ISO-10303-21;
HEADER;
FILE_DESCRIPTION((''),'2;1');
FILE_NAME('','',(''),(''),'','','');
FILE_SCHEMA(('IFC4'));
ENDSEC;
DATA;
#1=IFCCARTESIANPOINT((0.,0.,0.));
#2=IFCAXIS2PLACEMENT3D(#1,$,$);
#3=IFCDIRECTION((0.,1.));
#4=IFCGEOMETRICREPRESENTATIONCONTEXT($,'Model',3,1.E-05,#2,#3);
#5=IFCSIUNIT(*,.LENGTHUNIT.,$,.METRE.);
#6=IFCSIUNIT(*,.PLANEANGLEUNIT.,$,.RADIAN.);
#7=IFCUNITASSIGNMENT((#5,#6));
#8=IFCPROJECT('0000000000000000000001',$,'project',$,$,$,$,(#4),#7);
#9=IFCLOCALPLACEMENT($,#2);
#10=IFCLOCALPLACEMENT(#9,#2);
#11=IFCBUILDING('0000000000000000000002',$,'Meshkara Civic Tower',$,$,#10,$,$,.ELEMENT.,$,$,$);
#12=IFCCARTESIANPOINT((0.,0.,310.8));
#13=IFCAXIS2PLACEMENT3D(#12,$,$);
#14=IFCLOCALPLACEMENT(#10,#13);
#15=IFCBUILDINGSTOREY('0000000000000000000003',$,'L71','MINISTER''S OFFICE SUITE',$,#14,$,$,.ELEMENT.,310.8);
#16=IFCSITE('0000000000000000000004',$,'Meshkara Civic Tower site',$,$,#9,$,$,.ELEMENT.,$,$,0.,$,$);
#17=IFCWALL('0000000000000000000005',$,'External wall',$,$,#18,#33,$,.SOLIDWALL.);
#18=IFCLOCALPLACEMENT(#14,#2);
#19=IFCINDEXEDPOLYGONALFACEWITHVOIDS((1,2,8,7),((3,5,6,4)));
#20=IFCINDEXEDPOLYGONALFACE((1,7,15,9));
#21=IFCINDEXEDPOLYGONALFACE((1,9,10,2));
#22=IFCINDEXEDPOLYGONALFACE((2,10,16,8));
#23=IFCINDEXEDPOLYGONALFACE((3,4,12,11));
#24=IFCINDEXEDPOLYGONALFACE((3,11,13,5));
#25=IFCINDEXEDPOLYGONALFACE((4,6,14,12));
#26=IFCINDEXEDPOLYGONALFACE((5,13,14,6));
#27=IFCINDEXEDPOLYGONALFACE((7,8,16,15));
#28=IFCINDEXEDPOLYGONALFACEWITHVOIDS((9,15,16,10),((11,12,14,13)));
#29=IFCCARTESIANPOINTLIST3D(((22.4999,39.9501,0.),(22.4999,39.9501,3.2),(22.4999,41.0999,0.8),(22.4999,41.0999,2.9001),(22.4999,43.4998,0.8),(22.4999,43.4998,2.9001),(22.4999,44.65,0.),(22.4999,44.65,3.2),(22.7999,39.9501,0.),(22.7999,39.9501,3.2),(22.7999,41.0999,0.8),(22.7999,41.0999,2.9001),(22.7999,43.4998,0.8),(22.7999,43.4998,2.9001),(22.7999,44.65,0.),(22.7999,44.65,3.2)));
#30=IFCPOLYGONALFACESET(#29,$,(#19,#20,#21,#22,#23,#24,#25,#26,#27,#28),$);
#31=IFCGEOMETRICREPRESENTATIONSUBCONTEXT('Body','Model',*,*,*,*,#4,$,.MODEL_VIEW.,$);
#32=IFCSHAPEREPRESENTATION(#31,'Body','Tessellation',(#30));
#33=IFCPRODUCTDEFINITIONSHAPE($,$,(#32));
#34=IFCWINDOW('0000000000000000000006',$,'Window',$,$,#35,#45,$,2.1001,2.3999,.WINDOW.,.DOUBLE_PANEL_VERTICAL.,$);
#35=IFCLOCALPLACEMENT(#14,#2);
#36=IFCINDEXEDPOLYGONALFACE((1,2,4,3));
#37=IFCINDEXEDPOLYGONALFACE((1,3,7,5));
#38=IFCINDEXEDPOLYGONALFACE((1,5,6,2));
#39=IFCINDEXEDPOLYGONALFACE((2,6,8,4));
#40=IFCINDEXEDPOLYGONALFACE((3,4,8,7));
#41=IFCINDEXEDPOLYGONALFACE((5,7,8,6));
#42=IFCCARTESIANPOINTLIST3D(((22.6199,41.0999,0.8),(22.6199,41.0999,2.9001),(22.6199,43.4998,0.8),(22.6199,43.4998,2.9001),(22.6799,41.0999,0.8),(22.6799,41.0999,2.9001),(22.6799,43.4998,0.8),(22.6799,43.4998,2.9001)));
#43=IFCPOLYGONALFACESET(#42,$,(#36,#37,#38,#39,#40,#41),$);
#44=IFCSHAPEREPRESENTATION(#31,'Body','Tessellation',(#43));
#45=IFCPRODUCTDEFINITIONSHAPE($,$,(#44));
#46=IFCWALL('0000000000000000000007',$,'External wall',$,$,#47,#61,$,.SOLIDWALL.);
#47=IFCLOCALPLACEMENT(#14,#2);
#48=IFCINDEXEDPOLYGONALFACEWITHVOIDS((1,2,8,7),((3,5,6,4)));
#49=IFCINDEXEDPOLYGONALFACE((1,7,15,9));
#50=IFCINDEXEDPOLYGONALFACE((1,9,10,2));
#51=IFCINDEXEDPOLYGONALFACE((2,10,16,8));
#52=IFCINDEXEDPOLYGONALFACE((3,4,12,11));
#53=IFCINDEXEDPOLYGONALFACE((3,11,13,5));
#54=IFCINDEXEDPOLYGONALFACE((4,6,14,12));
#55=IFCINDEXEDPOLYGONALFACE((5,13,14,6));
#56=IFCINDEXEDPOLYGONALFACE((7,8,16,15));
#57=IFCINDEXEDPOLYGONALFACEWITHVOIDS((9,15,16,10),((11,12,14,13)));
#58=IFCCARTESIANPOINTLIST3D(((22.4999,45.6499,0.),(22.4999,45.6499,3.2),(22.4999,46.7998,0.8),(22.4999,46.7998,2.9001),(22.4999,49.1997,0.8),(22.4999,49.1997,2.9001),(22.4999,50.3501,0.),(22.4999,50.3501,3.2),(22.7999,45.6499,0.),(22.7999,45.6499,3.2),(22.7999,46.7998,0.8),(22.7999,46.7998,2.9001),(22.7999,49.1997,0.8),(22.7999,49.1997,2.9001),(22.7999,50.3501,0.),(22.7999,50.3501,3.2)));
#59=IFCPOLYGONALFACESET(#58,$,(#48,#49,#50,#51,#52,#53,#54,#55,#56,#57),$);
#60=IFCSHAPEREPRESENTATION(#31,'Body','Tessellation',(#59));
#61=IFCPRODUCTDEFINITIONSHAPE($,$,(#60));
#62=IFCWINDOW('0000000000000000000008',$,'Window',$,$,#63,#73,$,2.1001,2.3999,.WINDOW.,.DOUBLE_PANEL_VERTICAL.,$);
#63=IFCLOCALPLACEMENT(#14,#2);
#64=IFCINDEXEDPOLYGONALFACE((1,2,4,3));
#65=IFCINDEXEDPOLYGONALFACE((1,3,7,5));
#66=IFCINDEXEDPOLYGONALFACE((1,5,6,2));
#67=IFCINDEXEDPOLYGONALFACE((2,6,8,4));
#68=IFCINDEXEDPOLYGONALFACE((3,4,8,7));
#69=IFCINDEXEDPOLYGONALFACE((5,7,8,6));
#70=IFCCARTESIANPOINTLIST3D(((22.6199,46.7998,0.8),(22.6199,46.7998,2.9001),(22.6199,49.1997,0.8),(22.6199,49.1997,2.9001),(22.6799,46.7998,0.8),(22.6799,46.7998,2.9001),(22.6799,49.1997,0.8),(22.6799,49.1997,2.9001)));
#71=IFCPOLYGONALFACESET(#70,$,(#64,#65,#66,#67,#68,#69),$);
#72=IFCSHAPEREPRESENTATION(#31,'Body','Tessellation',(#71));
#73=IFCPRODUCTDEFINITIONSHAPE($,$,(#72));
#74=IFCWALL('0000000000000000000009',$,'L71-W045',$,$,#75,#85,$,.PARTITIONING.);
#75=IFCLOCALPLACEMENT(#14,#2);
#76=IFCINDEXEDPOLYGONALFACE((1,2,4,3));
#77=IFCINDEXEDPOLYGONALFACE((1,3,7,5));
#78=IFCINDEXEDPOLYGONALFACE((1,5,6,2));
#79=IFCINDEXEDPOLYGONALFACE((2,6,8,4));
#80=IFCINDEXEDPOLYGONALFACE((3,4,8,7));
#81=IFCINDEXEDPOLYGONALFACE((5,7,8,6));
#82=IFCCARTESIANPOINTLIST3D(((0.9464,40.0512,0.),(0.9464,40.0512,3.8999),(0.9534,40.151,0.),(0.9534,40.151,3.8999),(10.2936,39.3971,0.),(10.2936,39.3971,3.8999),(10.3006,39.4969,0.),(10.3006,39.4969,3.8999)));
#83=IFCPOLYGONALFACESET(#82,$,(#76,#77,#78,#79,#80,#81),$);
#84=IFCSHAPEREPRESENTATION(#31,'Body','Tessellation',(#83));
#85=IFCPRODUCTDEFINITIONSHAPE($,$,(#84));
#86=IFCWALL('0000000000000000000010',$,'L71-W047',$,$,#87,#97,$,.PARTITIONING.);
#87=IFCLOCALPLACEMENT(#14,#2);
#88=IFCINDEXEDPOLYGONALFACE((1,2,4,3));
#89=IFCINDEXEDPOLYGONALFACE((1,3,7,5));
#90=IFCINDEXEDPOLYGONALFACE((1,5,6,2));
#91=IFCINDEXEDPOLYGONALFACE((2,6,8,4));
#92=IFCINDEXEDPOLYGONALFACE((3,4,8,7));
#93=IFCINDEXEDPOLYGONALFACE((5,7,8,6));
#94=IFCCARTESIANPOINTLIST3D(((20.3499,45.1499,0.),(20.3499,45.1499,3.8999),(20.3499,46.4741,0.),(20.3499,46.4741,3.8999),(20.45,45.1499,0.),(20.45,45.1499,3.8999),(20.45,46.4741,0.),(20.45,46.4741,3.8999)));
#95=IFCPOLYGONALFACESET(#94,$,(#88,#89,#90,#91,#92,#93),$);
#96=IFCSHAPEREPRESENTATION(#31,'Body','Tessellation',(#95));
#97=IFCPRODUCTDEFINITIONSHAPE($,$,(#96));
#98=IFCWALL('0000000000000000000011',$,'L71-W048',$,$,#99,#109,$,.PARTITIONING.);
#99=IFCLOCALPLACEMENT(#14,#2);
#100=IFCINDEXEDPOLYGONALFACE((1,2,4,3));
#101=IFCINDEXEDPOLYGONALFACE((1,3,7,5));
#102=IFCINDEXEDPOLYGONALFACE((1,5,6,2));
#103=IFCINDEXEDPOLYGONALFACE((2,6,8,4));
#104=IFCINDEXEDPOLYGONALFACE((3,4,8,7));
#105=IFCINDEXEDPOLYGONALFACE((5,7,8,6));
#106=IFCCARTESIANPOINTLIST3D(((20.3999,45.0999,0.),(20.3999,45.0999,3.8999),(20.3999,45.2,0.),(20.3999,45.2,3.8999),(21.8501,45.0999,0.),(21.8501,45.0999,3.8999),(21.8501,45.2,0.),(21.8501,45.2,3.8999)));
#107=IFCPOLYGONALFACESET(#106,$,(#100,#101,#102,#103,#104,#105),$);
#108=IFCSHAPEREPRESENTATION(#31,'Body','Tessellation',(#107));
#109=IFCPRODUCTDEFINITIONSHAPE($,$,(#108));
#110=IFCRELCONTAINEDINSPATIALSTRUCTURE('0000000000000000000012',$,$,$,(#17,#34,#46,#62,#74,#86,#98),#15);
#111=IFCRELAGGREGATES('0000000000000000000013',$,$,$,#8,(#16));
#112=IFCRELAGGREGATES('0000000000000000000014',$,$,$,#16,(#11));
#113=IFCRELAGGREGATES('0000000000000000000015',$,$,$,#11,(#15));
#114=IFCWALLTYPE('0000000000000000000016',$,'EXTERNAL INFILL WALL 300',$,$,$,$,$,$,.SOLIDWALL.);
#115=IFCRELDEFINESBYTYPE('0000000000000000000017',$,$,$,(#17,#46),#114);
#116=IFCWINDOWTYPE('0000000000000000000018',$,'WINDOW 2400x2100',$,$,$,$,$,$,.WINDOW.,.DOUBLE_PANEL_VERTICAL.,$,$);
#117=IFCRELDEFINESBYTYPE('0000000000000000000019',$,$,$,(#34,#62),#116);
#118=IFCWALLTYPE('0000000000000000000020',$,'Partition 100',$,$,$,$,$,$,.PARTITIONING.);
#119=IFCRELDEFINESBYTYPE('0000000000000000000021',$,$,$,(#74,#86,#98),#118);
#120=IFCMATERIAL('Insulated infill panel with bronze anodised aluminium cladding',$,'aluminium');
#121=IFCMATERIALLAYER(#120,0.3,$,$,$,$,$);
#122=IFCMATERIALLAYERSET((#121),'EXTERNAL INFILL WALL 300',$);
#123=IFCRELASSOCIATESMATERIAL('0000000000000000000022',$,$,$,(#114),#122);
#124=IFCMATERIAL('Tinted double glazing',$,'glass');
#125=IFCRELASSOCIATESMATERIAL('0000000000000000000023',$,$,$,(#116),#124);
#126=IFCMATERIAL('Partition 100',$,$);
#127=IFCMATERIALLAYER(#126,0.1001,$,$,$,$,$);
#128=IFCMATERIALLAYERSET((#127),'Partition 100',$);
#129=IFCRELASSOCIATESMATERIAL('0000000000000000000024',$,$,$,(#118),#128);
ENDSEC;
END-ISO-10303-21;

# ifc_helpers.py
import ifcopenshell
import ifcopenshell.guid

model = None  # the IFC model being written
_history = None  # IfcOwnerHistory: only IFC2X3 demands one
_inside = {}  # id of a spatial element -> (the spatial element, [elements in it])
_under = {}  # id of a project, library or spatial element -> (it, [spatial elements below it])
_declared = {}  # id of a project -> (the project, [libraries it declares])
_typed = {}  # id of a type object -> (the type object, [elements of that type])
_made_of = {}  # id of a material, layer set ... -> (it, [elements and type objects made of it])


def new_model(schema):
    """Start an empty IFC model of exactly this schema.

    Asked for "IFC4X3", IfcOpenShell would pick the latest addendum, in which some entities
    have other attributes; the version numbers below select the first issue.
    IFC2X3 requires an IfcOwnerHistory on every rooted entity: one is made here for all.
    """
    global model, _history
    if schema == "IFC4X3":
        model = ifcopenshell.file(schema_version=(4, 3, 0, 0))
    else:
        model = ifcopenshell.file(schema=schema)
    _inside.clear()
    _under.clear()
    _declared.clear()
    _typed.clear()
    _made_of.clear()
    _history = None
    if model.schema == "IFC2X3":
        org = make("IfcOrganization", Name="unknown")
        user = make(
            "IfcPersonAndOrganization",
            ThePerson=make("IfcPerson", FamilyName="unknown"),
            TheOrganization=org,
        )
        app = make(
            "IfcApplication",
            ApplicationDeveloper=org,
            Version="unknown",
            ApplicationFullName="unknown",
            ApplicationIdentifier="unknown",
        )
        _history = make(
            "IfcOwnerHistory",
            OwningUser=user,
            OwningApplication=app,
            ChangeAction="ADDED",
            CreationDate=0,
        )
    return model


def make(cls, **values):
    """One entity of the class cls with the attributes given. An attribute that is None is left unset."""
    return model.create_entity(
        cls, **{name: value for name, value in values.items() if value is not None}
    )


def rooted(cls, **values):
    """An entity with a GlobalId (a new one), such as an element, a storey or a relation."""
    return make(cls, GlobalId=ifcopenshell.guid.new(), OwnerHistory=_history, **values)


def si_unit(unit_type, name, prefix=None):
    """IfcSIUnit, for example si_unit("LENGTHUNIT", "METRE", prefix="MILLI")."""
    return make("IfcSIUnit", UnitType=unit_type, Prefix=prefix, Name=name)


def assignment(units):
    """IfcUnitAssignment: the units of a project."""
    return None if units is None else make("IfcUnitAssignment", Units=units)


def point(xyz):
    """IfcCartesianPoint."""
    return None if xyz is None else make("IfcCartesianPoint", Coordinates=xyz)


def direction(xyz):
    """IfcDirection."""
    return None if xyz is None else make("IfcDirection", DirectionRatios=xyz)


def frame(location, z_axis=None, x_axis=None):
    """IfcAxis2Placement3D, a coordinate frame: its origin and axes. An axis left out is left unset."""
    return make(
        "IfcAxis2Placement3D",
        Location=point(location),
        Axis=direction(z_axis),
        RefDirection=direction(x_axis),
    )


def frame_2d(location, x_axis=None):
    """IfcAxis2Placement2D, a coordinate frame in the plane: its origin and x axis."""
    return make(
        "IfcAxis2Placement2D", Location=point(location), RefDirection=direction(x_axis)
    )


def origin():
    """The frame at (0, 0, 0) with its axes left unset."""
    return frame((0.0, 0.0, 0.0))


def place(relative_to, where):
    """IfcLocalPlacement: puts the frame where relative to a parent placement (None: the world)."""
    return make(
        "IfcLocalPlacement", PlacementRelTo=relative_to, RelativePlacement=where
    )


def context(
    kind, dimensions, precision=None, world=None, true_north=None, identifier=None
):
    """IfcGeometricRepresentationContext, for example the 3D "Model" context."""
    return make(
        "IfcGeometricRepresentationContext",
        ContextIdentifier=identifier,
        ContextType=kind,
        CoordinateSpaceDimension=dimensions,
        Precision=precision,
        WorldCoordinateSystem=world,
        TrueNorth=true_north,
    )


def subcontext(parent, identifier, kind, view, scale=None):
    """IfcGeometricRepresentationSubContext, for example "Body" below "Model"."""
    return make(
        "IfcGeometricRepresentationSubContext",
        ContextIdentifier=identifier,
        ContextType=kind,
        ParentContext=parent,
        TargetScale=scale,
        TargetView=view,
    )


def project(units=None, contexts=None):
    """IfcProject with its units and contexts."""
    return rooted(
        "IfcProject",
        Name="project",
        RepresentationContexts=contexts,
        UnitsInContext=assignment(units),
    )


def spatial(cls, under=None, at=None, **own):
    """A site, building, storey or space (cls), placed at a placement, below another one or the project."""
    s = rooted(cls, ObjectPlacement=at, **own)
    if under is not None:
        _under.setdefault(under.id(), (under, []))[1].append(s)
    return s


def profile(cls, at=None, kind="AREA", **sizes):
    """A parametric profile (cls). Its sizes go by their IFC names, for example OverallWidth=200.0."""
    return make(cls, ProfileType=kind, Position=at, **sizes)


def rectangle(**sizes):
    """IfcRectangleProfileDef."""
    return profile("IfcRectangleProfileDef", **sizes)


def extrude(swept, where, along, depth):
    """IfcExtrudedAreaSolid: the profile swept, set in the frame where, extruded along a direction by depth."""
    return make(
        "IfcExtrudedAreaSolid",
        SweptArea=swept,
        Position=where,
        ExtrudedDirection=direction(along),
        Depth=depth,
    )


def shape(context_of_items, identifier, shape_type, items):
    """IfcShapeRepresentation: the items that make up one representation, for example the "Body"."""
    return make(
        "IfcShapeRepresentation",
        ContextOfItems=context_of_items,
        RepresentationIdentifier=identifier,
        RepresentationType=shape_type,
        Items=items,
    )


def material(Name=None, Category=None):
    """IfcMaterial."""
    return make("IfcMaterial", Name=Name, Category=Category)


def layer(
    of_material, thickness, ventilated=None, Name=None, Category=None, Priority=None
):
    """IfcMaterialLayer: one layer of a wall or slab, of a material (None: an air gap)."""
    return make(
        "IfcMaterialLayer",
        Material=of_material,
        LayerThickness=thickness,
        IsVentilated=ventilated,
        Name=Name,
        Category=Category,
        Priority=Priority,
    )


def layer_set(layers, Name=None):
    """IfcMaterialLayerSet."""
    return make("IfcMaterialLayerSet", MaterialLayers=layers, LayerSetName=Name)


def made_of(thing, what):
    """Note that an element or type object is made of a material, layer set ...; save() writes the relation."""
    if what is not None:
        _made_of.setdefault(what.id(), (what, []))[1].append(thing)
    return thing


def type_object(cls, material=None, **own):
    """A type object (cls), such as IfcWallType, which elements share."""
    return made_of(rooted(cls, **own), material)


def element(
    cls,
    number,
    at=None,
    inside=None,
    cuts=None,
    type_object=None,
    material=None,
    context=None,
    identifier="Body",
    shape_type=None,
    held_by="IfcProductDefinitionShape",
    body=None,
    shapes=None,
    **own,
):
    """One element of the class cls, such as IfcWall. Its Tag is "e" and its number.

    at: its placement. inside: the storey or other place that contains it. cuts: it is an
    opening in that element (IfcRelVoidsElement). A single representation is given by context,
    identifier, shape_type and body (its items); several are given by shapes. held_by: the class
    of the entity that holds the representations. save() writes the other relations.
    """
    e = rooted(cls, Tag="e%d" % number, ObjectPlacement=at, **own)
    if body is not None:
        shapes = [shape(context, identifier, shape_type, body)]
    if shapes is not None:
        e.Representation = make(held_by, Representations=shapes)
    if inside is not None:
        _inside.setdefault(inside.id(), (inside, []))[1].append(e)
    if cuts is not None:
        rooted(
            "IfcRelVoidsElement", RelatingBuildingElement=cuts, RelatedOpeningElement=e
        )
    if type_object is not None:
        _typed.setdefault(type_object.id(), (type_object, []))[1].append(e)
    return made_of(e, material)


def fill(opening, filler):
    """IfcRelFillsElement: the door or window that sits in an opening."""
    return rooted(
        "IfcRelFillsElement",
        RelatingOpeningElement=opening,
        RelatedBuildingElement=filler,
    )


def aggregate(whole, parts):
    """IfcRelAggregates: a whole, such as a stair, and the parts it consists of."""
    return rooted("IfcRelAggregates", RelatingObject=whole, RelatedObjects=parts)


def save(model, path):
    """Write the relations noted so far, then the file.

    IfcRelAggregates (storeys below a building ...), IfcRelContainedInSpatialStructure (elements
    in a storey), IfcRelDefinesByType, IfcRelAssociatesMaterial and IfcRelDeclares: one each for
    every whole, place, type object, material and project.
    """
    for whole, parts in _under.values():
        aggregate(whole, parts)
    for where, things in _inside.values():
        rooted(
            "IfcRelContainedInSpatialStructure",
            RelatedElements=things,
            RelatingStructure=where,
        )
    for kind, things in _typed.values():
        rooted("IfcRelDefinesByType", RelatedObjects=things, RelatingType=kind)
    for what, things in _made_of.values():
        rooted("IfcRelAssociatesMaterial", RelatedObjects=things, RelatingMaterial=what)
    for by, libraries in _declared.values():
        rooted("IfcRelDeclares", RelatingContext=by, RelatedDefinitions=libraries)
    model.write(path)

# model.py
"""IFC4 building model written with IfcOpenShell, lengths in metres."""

from ifc_helpers import new_model, si_unit, direction, frame, frame_2d, origin, place, context, subcontext, project, spatial, rectangle, extrude, material, layer, layer_set, type_object, element, fill, save


model = new_model("IFC4")

# Units and contexts
model_context = context("Model", 3, precision=1e-05, world=origin(), true_north=direction((0.0, 1.0)))
body_context = subcontext(model_context, "Body", "Model", "MODEL_VIEW")
ifc_project = project(units=[si_unit("LENGTHUNIT", "METRE"), si_unit("PLANEANGLEUNIT", "RADIAN")], contexts=[model_context])

# Site, building, storey
site_placement = place(None, origin())
site = spatial("IfcSite", under=ifc_project, at=site_placement, Name="Meshkara Civic Tower site", CompositionType="ELEMENT", RefElevation=0.0)
building_placement = place(site_placement, origin())
building = spatial("IfcBuilding", under=site, at=building_placement, Name="Meshkara Civic Tower", CompositionType="ELEMENT")
storey_placement = place(building_placement, frame((0.0, 0.0, 310.8)))
storey = spatial("IfcBuildingStorey", under=building, at=storey_placement, Name="L71", Description="MINISTER'S OFFICE SUITE", CompositionType="ELEMENT", Elevation=310.8)

# Walls, openings, windows
ifc_material_1 = material(Name="Insulated infill panel with bronze anodised aluminium cladding", Category="aluminium")
ifc_layer_1 = layer(ifc_material_1, 0.3)
ifc_layer_set_1 = layer_set([ifc_layer_1], Name="EXTERNAL INFILL WALL 300")
wall_type_1 = type_object("IfcWallType", Name="EXTERNAL INFILL WALL 300", PredefinedType="SOLIDWALL", material=ifc_layer_set_1)
ifc_material_2 = material(Name="Tinted double glazing", Category="glass")
window_type = type_object("IfcWindowType", Name="WINDOW 2400x2100", PartitioningType="DOUBLE_PANEL_VERTICAL", PredefinedType="WINDOW", material=ifc_material_2)
wall_1_placement = place(storey_placement, frame((22.6499, 39.95, 0.0), z_axis=(0.0, 0.0, 1.0), x_axis=(0.0, 1.0, 0.0)))
wall_1 = element("IfcWall", 1, at=wall_1_placement, inside=storey, type_object=wall_type_1, Name="External wall", PredefinedType="SOLIDWALL", context=body_context, shape_type="SweptSolid", body=[
    extrude(rectangle(XDim=4.7, YDim=0.3, at=frame_2d((2.3501, 0.0))), origin(), (0.0, 0.0, 1.0), 3.2),
])
opening_1_placement = place(wall_1_placement, frame((1.1499, 0.0, 0.8)))
opening_1 = element("IfcOpeningElement", 2, at=opening_1_placement, cuts=wall_1, PredefinedType="OPENING", context=body_context, shape_type="SweptSolid", body=[
    extrude(rectangle(XDim=2.3999, YDim=2.1001, at=frame_2d((1.2, 1.05))), frame((0.0, 0.1599, 0.0), z_axis=(0.0, -1.0, 0.0), x_axis=(1.0, 0.0, 0.0)), (0.0, 0.0, 1.0), 0.3201),
])
window_1_placement = place(opening_1_placement, origin())
window_1 = element("IfcWindow", 3, at=window_1_placement, inside=storey, type_object=window_type, Name="Window", OverallHeight=2.1001, OverallWidth=2.3999, PartitioningType="DOUBLE_PANEL_VERTICAL", PredefinedType="WINDOW", context=body_context, shape_type="SweptSolid", body=[
    extrude(rectangle(XDim=2.3999, YDim=2.1001, at=frame_2d((1.2, 1.05))), frame((0.0, 0.03, 0.0), z_axis=(0.0, -1.0, 0.0), x_axis=(1.0, 0.0, 0.0)), (0.0, 0.0, 1.0), 0.0601),
])
fill(opening_1, window_1)
wall_2_placement = place(storey_placement, frame((22.6499, 45.6499, 0.0), z_axis=(0.0, 0.0, 1.0), x_axis=(0.0, 1.0, 0.0)))
wall_2 = element("IfcWall", 4, at=wall_2_placement, inside=storey, type_object=wall_type_1, Name="External wall", PredefinedType="SOLIDWALL", context=body_context, shape_type="SweptSolid", body=[
    extrude(rectangle(XDim=4.7002, YDim=0.3, at=frame_2d((2.3501, 0.0))), origin(), (0.0, 0.0, 1.0), 3.2),
])
opening_2_placement = place(wall_2_placement, frame((1.1499, 0.0, 0.8)))
opening_2 = element("IfcOpeningElement", 5, at=opening_2_placement, cuts=wall_2, PredefinedType="OPENING", context=body_context, shape_type="SweptSolid", body=[
    extrude(rectangle(XDim=2.3999, YDim=2.1001, at=frame_2d((1.2, 1.05))), frame((0.0, 0.1599, 0.0), z_axis=(0.0, -1.0, 0.0), x_axis=(1.0, 0.0, 0.0)), (0.0, 0.0, 1.0), 0.3201),
])
window_2_placement = place(opening_2_placement, origin())
window_2 = element("IfcWindow", 6, at=window_2_placement, inside=storey, type_object=window_type, Name="Window", OverallHeight=2.1001, OverallWidth=2.3999, PartitioningType="DOUBLE_PANEL_VERTICAL", PredefinedType="WINDOW", context=body_context, shape_type="SweptSolid", body=[
    extrude(rectangle(XDim=2.3999, YDim=2.1001, at=frame_2d((1.2, 1.05))), frame((0.0, 0.03, 0.0), z_axis=(0.0, -1.0, 0.0), x_axis=(1.0, 0.0, 0.0)), (0.0, 0.0, 1.0), 0.0601),
])
fill(opening_2, window_2)

# Walls
ifc_material_3 = material(Name="Partition 100")
ifc_layer_2 = layer(ifc_material_3, 0.1001)
ifc_layer_set_2 = layer_set([ifc_layer_2], Name="Partition 100")
wall_type_2 = type_object("IfcWallType", Name="Partition 100", PredefinedType="PARTITIONING", material=ifc_layer_set_2)
wall_3_placement = place(storey_placement, frame((10.2971, 39.447, 0.0), z_axis=(0.0, 0.0, 1.0), x_axis=(-0.997561, 0.069803, 0.0)))
element("IfcWall", 7, at=wall_3_placement, inside=storey, type_object=wall_type_2, Name="L71-W045", PredefinedType="PARTITIONING", context=body_context, shape_type="SweptSolid", body=[
    extrude(rectangle(XDim=9.3701, YDim=0.1001, at=frame_2d((4.6851, 0.0))), origin(), (0.0, 0.0, 1.0), 3.8999),
])
wall_4_placement = place(storey_placement, frame((20.3999, 45.1499, 0.0), z_axis=(0.0, 0.0, 1.0), x_axis=(0.0, 1.0, 0.0)))
element("IfcWall", 8, at=wall_4_placement, inside=storey, type_object=wall_type_2, Name="L71-W047", PredefinedType="PARTITIONING", context=body_context, shape_type="SweptSolid", body=[
    extrude(rectangle(XDim=1.3242, YDim=0.1001, at=frame_2d((0.6621, 0.0))), origin(), (0.0, 0.0, 1.0), 3.8999),
])
wall_5_placement = place(storey_placement, frame((21.8501, 45.1499, 0.0), z_axis=(0.0, 0.0, 1.0), x_axis=(-1.0, 0.0, 0.0)))
element("IfcWall", 9, at=wall_5_placement, inside=storey, type_object=wall_type_2, Name="L71-W048", PredefinedType="PARTITIONING", context=body_context, shape_type="SweptSolid", body=[
    extrude(rectangle(XDim=1.4502, YDim=0.1001, at=frame_2d((0.7251, 0.0))), origin(), (0.0, 0.0, 1.0), 3.8999),
])

save(model, "model.ifc")
